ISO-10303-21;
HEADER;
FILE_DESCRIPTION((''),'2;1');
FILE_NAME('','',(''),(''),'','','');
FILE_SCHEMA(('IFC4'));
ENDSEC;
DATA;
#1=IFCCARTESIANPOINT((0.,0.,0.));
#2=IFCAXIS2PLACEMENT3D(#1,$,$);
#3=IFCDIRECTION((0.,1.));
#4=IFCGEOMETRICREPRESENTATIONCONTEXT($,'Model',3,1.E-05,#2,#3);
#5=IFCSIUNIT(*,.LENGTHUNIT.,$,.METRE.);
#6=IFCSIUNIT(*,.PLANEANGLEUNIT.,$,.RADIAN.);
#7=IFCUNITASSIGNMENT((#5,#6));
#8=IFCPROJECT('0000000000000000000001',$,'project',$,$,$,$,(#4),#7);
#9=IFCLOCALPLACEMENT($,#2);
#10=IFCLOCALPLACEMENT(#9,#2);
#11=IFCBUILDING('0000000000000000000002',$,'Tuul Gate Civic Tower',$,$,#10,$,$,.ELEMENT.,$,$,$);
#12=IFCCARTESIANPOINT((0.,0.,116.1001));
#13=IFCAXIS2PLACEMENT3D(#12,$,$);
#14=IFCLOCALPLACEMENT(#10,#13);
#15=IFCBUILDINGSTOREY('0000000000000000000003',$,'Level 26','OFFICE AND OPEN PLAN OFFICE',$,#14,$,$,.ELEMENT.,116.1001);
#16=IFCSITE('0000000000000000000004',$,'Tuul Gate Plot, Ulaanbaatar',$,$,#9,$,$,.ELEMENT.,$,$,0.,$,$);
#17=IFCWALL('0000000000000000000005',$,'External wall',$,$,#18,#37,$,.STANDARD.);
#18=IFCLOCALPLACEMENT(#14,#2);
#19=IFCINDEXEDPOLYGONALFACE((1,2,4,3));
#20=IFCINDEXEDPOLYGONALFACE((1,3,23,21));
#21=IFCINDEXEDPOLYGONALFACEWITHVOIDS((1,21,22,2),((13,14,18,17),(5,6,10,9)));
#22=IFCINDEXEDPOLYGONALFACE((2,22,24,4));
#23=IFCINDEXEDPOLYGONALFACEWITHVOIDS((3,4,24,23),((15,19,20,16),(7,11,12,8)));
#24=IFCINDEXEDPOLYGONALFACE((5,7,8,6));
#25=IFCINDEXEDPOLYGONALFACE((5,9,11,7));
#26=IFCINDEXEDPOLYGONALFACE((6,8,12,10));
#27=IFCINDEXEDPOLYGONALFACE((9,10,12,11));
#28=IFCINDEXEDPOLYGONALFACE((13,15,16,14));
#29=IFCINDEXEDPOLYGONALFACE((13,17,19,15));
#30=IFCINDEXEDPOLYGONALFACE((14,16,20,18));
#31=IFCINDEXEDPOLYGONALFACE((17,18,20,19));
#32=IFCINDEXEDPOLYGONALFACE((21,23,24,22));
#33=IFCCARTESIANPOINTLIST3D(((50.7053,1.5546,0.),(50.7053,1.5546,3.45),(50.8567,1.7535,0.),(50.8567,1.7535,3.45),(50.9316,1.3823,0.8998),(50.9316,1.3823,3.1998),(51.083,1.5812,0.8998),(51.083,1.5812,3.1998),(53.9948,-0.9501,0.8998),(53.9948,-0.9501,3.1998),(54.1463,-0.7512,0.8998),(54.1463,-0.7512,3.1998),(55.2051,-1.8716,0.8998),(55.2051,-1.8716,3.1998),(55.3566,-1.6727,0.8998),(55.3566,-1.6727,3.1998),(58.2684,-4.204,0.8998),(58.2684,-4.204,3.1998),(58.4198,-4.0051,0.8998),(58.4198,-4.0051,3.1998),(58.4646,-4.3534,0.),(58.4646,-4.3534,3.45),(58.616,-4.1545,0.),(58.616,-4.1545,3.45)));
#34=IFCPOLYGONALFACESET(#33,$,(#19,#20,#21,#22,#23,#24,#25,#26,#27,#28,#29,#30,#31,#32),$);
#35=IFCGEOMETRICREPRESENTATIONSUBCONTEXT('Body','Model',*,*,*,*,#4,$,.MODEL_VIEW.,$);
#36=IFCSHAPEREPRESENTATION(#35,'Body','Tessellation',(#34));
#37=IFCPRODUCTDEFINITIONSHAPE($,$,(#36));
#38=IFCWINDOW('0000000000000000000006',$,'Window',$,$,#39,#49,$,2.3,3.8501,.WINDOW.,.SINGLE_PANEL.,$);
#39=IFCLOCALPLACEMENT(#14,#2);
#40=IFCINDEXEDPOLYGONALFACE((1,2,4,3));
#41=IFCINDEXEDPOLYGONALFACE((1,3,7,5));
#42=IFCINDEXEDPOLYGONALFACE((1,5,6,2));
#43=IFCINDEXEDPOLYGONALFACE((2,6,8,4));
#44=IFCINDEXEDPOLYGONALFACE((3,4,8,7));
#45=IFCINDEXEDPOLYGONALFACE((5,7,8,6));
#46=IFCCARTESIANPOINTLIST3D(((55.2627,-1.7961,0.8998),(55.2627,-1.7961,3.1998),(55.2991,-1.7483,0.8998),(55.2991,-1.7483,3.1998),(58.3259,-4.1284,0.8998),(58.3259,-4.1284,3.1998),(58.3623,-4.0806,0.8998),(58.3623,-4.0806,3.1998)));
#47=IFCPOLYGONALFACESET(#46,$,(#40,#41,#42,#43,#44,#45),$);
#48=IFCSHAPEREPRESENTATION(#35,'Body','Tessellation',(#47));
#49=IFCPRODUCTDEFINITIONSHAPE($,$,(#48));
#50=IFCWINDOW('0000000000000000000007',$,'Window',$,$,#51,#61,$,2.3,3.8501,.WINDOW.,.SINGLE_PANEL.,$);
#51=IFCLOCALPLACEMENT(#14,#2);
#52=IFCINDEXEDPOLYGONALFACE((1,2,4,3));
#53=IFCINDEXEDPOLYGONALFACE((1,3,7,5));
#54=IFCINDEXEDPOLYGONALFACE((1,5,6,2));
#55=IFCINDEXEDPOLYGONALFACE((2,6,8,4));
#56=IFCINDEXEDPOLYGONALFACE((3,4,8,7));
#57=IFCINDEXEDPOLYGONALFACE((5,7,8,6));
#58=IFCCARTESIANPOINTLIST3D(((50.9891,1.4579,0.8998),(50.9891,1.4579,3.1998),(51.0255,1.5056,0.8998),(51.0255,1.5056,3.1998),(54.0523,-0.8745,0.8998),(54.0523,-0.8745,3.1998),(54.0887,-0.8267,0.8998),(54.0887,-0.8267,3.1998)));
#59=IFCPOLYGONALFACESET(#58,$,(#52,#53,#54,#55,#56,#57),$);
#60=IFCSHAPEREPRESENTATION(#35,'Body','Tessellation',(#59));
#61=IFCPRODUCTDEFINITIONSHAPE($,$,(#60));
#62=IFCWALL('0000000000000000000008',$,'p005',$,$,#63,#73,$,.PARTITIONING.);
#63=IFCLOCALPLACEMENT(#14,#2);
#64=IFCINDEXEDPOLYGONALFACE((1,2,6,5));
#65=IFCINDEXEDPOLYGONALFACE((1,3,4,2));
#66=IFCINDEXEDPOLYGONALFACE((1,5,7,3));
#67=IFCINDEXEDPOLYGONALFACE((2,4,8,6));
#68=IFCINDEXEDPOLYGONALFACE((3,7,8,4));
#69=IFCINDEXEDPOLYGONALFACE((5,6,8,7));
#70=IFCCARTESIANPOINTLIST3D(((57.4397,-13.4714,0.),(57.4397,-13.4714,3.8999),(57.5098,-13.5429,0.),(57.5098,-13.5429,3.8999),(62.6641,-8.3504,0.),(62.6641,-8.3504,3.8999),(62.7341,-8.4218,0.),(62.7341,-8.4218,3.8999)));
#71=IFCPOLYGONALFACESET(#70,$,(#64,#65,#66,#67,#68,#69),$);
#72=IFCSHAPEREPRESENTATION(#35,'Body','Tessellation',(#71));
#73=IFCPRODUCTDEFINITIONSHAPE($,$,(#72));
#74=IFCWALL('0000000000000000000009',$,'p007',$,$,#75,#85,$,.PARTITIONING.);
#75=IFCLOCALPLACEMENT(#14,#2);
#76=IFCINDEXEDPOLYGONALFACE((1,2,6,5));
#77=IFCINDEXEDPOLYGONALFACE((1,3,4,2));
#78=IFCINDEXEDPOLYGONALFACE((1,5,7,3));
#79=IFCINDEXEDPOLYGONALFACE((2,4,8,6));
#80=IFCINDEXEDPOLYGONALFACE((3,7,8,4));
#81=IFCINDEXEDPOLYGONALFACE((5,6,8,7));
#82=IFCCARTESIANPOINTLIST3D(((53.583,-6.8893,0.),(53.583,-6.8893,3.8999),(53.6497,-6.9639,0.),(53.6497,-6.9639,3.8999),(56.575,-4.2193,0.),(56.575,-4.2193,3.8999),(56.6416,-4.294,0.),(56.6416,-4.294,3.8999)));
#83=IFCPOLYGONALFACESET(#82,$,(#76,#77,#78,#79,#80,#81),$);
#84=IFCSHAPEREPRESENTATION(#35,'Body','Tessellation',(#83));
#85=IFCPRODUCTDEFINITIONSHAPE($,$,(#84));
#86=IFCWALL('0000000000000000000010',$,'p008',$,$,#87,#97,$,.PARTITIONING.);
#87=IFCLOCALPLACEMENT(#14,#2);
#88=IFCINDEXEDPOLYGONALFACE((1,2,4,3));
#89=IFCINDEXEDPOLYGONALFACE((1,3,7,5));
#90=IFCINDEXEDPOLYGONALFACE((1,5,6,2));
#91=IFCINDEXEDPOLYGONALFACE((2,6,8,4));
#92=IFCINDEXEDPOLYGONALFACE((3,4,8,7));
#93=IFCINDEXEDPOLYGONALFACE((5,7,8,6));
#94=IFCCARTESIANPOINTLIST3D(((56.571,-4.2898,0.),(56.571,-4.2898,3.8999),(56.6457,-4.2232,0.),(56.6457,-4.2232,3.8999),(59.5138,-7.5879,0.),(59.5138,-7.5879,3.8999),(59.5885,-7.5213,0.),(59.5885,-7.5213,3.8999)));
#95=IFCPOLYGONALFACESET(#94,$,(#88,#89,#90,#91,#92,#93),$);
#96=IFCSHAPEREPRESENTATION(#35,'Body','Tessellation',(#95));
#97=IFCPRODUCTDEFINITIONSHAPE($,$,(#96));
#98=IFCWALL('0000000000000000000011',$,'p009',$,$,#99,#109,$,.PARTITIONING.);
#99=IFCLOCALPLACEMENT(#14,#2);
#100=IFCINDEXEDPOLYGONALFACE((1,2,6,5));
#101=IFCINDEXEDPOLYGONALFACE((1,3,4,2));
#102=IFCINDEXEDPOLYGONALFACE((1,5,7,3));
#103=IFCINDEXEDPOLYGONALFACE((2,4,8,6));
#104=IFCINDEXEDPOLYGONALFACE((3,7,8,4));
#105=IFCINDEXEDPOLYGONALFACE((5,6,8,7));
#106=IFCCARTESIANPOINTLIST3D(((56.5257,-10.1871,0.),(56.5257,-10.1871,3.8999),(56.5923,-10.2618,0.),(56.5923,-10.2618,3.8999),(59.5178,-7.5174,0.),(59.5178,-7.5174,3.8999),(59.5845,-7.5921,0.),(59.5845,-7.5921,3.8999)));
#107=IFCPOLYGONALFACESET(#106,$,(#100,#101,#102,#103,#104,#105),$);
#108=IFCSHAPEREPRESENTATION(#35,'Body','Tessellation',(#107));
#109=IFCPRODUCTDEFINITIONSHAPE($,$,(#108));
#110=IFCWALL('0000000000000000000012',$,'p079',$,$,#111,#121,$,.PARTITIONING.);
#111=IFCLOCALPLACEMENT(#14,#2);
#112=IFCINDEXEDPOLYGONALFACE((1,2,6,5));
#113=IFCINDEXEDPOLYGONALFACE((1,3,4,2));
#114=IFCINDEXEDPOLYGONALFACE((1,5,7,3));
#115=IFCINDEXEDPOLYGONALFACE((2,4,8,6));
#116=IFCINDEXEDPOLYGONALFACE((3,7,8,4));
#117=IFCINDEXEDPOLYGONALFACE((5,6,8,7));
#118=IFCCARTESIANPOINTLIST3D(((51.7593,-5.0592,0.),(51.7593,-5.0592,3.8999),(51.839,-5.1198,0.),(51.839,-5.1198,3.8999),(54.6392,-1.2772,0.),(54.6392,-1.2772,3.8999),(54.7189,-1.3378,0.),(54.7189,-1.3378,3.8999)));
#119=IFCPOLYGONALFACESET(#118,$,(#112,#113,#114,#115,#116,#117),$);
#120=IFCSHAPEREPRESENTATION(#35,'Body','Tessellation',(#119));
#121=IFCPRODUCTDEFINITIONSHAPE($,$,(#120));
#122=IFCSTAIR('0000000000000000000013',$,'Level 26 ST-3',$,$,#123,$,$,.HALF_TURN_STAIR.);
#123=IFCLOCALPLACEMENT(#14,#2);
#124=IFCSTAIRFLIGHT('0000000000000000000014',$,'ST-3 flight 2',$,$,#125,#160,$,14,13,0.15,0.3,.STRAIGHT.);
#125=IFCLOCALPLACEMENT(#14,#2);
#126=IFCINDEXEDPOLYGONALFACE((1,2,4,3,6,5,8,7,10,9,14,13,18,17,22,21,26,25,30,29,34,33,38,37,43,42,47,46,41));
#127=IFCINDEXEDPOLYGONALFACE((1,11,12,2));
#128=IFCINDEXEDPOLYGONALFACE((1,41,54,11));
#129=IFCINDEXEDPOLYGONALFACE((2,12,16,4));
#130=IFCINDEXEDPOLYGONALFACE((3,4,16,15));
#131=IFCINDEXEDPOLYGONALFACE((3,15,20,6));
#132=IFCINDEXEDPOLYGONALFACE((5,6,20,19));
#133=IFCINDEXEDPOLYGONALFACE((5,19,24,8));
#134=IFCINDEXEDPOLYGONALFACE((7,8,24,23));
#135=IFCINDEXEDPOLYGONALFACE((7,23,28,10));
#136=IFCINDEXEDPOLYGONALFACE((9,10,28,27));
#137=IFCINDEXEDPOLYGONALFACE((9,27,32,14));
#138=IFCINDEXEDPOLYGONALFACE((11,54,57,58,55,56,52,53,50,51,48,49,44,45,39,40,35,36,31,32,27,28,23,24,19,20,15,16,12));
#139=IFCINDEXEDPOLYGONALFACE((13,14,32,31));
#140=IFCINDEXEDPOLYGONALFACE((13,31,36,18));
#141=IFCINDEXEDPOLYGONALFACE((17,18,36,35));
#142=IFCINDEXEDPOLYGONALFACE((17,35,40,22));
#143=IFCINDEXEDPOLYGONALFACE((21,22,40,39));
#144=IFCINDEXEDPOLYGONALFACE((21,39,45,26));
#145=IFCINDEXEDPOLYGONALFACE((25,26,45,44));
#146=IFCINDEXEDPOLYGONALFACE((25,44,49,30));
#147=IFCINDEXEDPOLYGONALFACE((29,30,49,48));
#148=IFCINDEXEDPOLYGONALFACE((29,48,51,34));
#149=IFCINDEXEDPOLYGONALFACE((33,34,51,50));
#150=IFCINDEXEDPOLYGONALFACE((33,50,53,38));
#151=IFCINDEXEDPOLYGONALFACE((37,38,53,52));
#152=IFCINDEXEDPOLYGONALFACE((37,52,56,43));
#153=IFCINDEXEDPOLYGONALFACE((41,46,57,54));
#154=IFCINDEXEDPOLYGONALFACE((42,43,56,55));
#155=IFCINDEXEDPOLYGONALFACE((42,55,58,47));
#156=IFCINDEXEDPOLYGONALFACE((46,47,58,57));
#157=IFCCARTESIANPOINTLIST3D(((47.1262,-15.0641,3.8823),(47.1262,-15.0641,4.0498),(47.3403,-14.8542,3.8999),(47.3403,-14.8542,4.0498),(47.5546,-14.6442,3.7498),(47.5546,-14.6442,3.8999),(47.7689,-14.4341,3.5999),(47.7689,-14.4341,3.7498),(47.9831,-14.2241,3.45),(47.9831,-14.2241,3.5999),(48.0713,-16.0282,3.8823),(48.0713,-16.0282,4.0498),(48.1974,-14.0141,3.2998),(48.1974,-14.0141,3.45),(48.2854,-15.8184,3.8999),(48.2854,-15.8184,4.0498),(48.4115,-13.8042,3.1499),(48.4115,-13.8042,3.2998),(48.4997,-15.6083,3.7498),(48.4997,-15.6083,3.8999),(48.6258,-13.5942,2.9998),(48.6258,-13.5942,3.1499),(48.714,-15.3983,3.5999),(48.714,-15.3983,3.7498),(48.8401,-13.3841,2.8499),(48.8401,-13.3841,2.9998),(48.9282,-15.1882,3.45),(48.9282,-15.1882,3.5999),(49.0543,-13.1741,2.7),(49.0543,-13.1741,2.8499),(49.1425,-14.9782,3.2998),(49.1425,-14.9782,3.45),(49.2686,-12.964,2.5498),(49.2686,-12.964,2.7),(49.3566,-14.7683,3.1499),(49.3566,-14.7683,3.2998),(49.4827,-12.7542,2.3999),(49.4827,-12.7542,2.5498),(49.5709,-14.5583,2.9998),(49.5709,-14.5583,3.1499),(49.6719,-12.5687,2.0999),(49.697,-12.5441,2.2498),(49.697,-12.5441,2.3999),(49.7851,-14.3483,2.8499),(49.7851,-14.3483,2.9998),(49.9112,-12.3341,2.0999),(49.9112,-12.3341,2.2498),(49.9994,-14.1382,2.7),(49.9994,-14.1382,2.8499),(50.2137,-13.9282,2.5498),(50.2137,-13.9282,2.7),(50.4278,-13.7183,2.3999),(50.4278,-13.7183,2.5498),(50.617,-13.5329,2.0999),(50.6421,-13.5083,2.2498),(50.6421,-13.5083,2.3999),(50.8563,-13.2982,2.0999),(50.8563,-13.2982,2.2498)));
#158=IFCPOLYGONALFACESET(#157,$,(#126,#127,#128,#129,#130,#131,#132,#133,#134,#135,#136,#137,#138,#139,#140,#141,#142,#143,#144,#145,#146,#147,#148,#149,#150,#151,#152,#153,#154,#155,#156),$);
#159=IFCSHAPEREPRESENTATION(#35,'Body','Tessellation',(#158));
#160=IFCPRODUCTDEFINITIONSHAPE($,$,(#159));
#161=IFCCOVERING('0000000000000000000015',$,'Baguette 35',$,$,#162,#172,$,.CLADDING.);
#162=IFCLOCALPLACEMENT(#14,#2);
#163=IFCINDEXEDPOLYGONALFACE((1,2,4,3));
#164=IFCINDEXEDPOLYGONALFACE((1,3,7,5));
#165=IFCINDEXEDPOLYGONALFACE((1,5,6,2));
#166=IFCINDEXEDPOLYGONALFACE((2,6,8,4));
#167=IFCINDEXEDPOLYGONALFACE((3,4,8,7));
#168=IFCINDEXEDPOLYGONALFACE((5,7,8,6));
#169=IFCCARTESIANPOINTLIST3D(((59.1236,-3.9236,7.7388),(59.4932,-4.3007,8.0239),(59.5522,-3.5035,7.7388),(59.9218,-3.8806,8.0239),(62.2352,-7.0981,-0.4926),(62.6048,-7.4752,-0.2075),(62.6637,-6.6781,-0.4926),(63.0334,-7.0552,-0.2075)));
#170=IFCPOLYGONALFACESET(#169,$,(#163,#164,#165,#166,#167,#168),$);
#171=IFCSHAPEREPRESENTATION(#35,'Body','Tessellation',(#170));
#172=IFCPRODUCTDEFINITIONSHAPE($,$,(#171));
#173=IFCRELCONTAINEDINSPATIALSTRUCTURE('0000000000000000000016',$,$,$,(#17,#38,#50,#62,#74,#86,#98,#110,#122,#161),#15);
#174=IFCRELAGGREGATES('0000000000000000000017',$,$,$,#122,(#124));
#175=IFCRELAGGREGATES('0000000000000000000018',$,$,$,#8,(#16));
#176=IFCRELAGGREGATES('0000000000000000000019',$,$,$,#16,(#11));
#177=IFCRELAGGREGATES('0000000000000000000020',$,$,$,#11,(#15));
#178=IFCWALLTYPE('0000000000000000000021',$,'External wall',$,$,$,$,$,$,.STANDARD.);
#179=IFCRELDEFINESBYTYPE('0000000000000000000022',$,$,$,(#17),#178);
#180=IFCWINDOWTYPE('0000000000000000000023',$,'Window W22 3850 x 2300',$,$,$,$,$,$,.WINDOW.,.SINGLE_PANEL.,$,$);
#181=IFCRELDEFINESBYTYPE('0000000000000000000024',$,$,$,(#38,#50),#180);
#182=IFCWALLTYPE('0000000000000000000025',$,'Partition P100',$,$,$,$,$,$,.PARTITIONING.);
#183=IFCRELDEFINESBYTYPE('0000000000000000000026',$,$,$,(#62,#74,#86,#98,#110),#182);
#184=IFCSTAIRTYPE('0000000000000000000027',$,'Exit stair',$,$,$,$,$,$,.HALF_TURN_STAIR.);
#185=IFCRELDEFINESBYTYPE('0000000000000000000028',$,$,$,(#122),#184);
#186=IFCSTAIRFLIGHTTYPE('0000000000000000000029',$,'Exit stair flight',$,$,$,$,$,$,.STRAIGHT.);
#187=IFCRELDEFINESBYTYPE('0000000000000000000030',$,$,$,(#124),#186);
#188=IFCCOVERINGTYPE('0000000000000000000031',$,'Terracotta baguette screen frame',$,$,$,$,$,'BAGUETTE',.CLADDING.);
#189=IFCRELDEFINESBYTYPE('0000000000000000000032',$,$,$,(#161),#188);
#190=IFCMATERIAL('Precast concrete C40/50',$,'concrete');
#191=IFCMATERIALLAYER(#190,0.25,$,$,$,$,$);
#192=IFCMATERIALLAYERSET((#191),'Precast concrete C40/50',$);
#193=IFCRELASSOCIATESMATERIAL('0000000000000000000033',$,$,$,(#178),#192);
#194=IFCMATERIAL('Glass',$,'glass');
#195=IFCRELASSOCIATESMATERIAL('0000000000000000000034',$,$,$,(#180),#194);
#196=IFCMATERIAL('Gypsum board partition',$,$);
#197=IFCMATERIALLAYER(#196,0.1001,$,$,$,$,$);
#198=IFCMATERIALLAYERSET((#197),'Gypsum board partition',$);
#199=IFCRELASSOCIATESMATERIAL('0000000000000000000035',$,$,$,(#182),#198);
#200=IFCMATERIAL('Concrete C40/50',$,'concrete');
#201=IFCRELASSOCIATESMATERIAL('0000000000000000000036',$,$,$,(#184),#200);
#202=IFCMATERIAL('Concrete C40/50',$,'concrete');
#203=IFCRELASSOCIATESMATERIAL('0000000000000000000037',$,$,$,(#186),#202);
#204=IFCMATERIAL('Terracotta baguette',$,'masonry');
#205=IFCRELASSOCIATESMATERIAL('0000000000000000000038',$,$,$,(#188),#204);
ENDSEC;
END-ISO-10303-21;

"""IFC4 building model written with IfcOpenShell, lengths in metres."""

from ifc_helpers import new_model, si_unit, direction, frame, frame_2d, origin, origin_2d, place, context, subcontext, project, spatial, polyline, rectangle, outline, extrude, material, layer, layer_set, material_profile, profile_set, type_object, element, fill, aggregate, save


model = new_model("IFC4")

# Units and contexts
model_context = context("Model", 3, precision=1e-05, world=origin(), true_north=direction((0.0, 1.0)))
body_context = subcontext(model_context, "Body", "Model", "MODEL_VIEW")
ifc_project = project(units=[si_unit("LENGTHUNIT", "METRE"), si_unit("PLANEANGLEUNIT", "RADIAN")], contexts=[model_context])

# Site, building, storey
site_placement = place(None, origin())
site = spatial("IfcSite", under=ifc_project, at=site_placement, Name="Tuul Gate Plot, Ulaanbaatar", CompositionType="ELEMENT", RefElevation=0.0)
building_placement = place(site_placement, origin())
building = spatial("IfcBuilding", under=site, at=building_placement, Name="Tuul Gate Civic Tower", CompositionType="ELEMENT")
storey_placement = place(building_placement, frame((0.0, 0.0, 116.1001)))
storey = spatial("IfcBuildingStorey", under=building, at=storey_placement, Name="Level 26", Description="OFFICE AND OPEN PLAN OFFICE", CompositionType="ELEMENT", Elevation=116.1001)

# Wall, openings, windows
ifc_material_1 = material(Name="Precast concrete C40/50", Category="concrete")
ifc_layer_1 = layer(ifc_material_1, 0.25)
ifc_layer_set_1 = layer_set([ifc_layer_1], Name="Precast concrete C40/50")
wall_type_1 = type_object("IfcWallType", Name="External wall", PredefinedType="STANDARD", material=ifc_layer_set_1)
ifc_material_2 = material(Name="Glass", Category="glass")
window_type = type_object("IfcWindowType", Name="Window W22 3850 x 2300", PartitioningType="SINGLE_PANEL", PredefinedType="WINDOW", material=ifc_material_2)
wall_1_placement = place(storey_placement, frame((58.5403, -4.2539, 0.0), z_axis=(0.0, 0.0, 1.0), x_axis=(-0.795623, 0.605792, 0.0)))
wall_1 = element("IfcWall", 1, at=wall_1_placement, inside=storey, type_object=wall_type_1, Name="External wall", PredefinedType="STANDARD", context=body_context, shape_type="SweptSolid", body=[
    extrude(rectangle(XDim=9.7524, YDim=0.25, at=frame_2d((4.8762, 0.0))), origin(), (0.0, 0.0, 1.0), 3.45),
])
opening_1_placement = place(wall_1_placement, frame((0.2466, 0.0, 0.8999)))
opening_1 = element("IfcOpeningElement", 2, at=opening_1_placement, cuts=wall_1, PredefinedType="OPENING", context=body_context, shape_type="SweptSolid", body=[
    extrude(rectangle(XDim=3.8501, YDim=2.3, at=frame_2d((1.925, 1.1499))), frame((0.0, 0.135, 0.0), z_axis=(0.0, -1.0, 0.0), x_axis=(1.0, 0.0, 0.0)), (0.0, 0.0, 1.0), 0.27),
])
opening_2_placement = place(wall_1_placement, frame((5.6179, 0.0, 0.8999)))
opening_2 = element("IfcOpeningElement", 3, at=opening_2_placement, cuts=wall_1, PredefinedType="OPENING", context=body_context, shape_type="SweptSolid", body=[
    extrude(rectangle(XDim=3.8501, YDim=2.3, at=frame_2d((1.925, 1.1499))), frame((0.0, 0.135, 0.0), z_axis=(0.0, -1.0, 0.0), x_axis=(1.0, 0.0, 0.0)), (0.0, 0.0, 1.0), 0.27),
])
window_1_placement = place(opening_1_placement, origin())
window_1 = element("IfcWindow", 4, at=window_1_placement, inside=storey, type_object=window_type, Name="Window", OverallHeight=2.3, OverallWidth=3.8501, PartitioningType="SINGLE_PANEL", PredefinedType="WINDOW", context=body_context, shape_type="SweptSolid", body=[
    extrude(rectangle(XDim=3.8501, YDim=2.3, at=frame_2d((1.925, 1.1499))), frame((0.0, 0.03, 0.0), z_axis=(0.0, -1.0, 0.0), x_axis=(1.0, 0.0, 0.0)), (0.0, 0.0, 1.0), 0.0601),
])
fill(opening_1, window_1)
window_2_placement = place(opening_2_placement, origin())
window_2 = element("IfcWindow", 5, at=window_2_placement, inside=storey, type_object=window_type, Name="Window", OverallHeight=2.3, OverallWidth=3.8501, PartitioningType="SINGLE_PANEL", PredefinedType="WINDOW", context=body_context, shape_type="SweptSolid", body=[
    extrude(rectangle(XDim=3.8501, YDim=2.3, at=frame_2d((1.925, 1.1499))), frame((0.0, 0.03, 0.0), z_axis=(0.0, -1.0, 0.0), x_axis=(1.0, 0.0, 0.0)), (0.0, 0.0, 1.0), 0.0601),
])
fill(opening_2, window_2)

# Walls
ifc_material_3 = material(Name="Gypsum board partition")
ifc_layer_2 = layer(ifc_material_3, 0.1001)
ifc_layer_set_2 = layer_set([ifc_layer_2], Name="Gypsum board partition")
wall_type_2 = type_object("IfcWallType", Name="Partition P100", PredefinedType="PARTITIONING", material=ifc_layer_set_2)
wall_2_placement = place(storey_placement, frame((57.4749, -13.5071, 0.0), z_axis=(0.0, 0.0, 1.0), x_axis=(0.71413, 0.700013, 0.0)))
element("IfcWall", 6, at=wall_2_placement, inside=storey, type_object=wall_type_2, Name="p005", PredefinedType="PARTITIONING", context=body_context, shape_type="SweptSolid", body=[
    extrude(rectangle(XDim=7.3157, YDim=0.1001, at=frame_2d((3.6577, 0.0))), origin(), (0.0, 0.0, 1.0), 3.8999),
])
wall_3_placement = place(storey_placement, frame((53.6165, -6.9265, 0.0), z_axis=(0.0, 0.0, 1.0), x_axis=(0.746118, 0.665814, 0.0)))
element("IfcWall", 7, at=wall_3_placement, inside=storey, type_object=wall_type_2, Name="p007", PredefinedType="PARTITIONING", context=body_context, shape_type="SweptSolid", body=[
    extrude(rectangle(XDim=4.01, YDim=0.1001, at=frame_2d((2.0049, 0.0))), origin(), (0.0, 0.0, 1.0), 3.8999),
])
wall_4_placement = place(storey_placement, frame((56.6084, -4.2566, 0.0), z_axis=(0.0, 0.0, 1.0), x_axis=(0.665782, -0.746146, 0.0)))
element("IfcWall", 8, at=wall_4_placement, inside=storey, type_object=wall_type_2, Name="p008", PredefinedType="PARTITIONING", context=body_context, shape_type="SweptSolid", body=[
    extrude(rectangle(XDim=4.4202, YDim=0.1001, at=frame_2d((2.21, 0.0))), origin(), (0.0, 0.0, 1.0), 3.8999),
])
wall_5_placement = place(storey_placement, frame((56.5591, -10.2244, 0.0), z_axis=(0.0, 0.0, 1.0), x_axis=(0.746175, 0.66575, 0.0)))
element("IfcWall", 9, at=wall_5_placement, inside=storey, type_object=wall_type_2, Name="p009", PredefinedType="PARTITIONING", context=body_context, shape_type="SweptSolid", body=[
    extrude(rectangle(XDim=4.01, YDim=0.1001, at=frame_2d((2.0049, 0.0))), origin(), (0.0, 0.0, 1.0), 3.8999),
])
wall_6_placement = place(storey_placement, frame((51.7991, -5.0896, 0.0), z_axis=(0.0, 0.0, 1.0), x_axis=(0.605827, 0.795597, 0.0)))
element("IfcWall", 10, at=wall_6_placement, inside=storey, type_object=wall_type_2, Name="p079", PredefinedType="PARTITIONING", context=body_context, shape_type="SweptSolid", body=[
    extrude(rectangle(XDim=4.7537, YDim=0.1001, at=frame_2d((2.377, 0.0))), origin(), (0.0, 0.0, 1.0), 3.8999),
])

# Stair, stair flight
ifc_material_4 = material(Name="Concrete C40/50", Category="concrete")
stair_type = type_object("IfcStairType", Name="Exit stair", PredefinedType="HALF_TURN_STAIR", material=ifc_material_4)
stair_placement = place(storey_placement, origin())
stair = element("IfcStair", 11, at=stair_placement, inside=storey, type_object=stair_type, Name="Level 26 ST-3", PredefinedType="HALF_TURN_STAIR")
ifc_material_5 = material(Name="Concrete C40/50", Category="concrete")
stair_flight_type = type_object("IfcStairFlightType", Name="Exit stair flight", PredefinedType="STRAIGHT", material=ifc_material_5)
stair_flight_placement = place(storey_placement, frame((50.3838, -12.8162, 2.0999), z_axis=(0.0, 0.0, 1.0), x_axis=(-0.714127, -0.700016, 0.0)))
stair_flight = element("IfcStairFlight", 12, at=stair_flight_placement, type_object=stair_flight_type, Name="ST-3 flight 2", NumberOfRisers=14, NumberOfTreads=13, PredefinedType="STRAIGHT", RiserHeight=0.15, TreadLength=0.3, context=body_context, shape_type="SweptSolid", body=[
    extrude(outline(polyline([(0.0, 0.0), (0.0, 0.1499), (0.3, 0.1499), (0.3, 0.3), (0.6001, 0.3), (0.6001, 0.45), (0.8999, 0.45), (0.8999, 0.6001), (1.2, 0.6001), (1.2, 0.75), (1.5, 0.75), (1.5, 0.8999), (1.8, 0.8999), (1.8, 1.05), (2.1001, 1.05), (2.1001, 1.2), (2.3999, 1.2), (2.3999, 1.3501), (2.7, 1.3501), (2.7, 1.5), (3.0, 1.5), (3.0, 1.6499), (3.3, 1.6499), (3.3, 1.8), (3.6001, 1.8), (3.6001, 1.95), (3.8999, 1.95), (3.8999, 2.1001), (3.8999, 1.7825), (0.3352, 0.0), (0.0, 0.0)])), frame((0.0, 0.675, 0.0), z_axis=(0.0, -1.0, 0.0), x_axis=(1.0, 0.0, 0.0)), (0.0, 0.0, 1.0), 1.3501),
])
aggregate(stair, [stair_flight])

# Covering
ifc_material_6 = material(Name="Terracotta baguette", Category="masonry")
ifc_material_profile_1 = material_profile(ifc_material_6, rectangle(XDim=0.6001, YDim=0.6001, at=origin_2d()), Name="Terracotta baguette screen frame")
ifc_profile_set_1 = profile_set([ifc_material_profile_1], Name="Terracotta baguette")
covering_type = type_object("IfcCoveringType", Name="Terracotta baguette screen frame", ElementType="BAGUETTE", PredefinedType="CLADDING", material=ifc_profile_set_1)
covering_1_placement = place(storey_placement, frame((59.5227, -3.9021, 7.8813), z_axis=(0.33261, -0.339343, -0.879896), x_axis=(0.714156, 0.699986, 0.0)))
element("IfcCovering", 13, at=covering_1_placement, inside=storey, type_object=covering_type, Name="Baguette 35", PredefinedType="CLADDING", context=body_context, shape_type="SweptSolid", body=[
    extrude(rectangle(XDim=0.6001, YDim=0.6001, at=origin_2d()), origin(), (0.0, 0.0, 1.0), 9.355),
])

save(model, "model.ifc")
